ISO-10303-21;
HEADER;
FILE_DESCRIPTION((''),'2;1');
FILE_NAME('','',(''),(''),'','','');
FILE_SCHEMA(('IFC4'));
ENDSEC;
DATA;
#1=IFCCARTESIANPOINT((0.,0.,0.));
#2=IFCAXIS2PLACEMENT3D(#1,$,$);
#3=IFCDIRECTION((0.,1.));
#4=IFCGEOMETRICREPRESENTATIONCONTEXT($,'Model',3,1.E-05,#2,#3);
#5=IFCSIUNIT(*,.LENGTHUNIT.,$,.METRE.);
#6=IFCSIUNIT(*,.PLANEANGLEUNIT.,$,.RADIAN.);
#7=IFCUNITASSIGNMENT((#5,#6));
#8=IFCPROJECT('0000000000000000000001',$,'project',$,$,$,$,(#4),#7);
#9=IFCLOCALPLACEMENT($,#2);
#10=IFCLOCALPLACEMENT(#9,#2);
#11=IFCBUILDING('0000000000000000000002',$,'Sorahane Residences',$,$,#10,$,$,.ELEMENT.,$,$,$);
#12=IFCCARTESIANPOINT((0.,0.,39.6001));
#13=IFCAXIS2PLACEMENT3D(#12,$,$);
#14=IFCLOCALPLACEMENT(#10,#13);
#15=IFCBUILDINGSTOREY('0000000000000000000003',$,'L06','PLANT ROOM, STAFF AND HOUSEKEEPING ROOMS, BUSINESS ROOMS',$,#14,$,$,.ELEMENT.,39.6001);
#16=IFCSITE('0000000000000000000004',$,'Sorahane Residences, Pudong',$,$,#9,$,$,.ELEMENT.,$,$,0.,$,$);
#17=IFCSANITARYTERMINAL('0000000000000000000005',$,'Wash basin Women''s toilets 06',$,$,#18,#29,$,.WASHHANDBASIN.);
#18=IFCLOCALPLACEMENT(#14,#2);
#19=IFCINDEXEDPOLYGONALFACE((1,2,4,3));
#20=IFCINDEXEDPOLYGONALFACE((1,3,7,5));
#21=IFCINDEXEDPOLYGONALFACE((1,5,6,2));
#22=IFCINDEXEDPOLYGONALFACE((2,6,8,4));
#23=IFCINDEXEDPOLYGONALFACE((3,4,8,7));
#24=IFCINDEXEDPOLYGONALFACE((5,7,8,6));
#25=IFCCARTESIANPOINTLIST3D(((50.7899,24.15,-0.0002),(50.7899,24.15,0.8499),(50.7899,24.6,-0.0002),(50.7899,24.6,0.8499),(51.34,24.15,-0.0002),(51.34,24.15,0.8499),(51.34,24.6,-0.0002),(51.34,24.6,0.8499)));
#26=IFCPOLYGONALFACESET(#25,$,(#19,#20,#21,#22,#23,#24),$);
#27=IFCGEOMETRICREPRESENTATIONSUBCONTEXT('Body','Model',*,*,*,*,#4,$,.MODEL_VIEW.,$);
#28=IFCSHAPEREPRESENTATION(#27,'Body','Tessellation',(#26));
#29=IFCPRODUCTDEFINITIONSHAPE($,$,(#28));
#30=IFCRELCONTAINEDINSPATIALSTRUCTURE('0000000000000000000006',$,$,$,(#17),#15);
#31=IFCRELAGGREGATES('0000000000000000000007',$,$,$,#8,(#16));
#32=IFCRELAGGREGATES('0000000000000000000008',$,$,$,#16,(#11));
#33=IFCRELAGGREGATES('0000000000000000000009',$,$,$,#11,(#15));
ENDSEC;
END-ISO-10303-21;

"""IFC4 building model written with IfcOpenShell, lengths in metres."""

from ifc_helpers import new_model, si_unit, direction, frame, origin, origin_2d, place, context, subcontext, project, spatial, rectangle, extrude, element, save


model = new_model("IFC4")

# Units and contexts
model_context = context("Model", 3, precision=1e-05, world=origin(), true_north=direction((0.0, 1.0)))
body_context = subcontext(model_context, "Body", "Model", "MODEL_VIEW")
ifc_project = project(units=[si_unit("LENGTHUNIT", "METRE"), si_unit("PLANEANGLEUNIT", "RADIAN")], contexts=[model_context])

# Site, building, storey
site_placement = place(None, origin())
site = spatial("IfcSite", under=ifc_project, at=site_placement, Name="Sorahane Residences, Pudong", CompositionType="ELEMENT", RefElevation=0.0)
building_placement = place(site_placement, origin())
building = spatial("IfcBuilding", under=site, at=building_placement, Name="Sorahane Residences", CompositionType="ELEMENT")
storey_placement = place(building_placement, frame((0.0, 0.0, 39.6001)))
storey = spatial("IfcBuildingStorey", under=building, at=storey_placement, Name="L06", Description="PLANT ROOM, STAFF AND HOUSEKEEPING ROOMS, BUSINESS ROOMS", CompositionType="ELEMENT", Elevation=39.6001)

# Sanitary terminal
for number, where, z_axis, x_axis, name in (
    (1, (51.0649, 24.375, -0.0002), (0.0, 0.0, 1.0), (1.0, 0.0, 0.0), "Wash basin Women's toilets 06"),
):
    element("IfcSanitaryTerminal", number, at=place(storey_placement, frame(where, z_axis=z_axis, x_axis=x_axis)), inside=storey, Name=name, PredefinedType="WASHHANDBASIN", context=body_context, shape_type="SweptSolid", body=[
        extrude(rectangle(XDim=0.55, YDim=0.45, at=origin_2d()), origin(), (0.0, 0.0, 1.0), 0.8501),
    ])

save(model, "model.ifc")
